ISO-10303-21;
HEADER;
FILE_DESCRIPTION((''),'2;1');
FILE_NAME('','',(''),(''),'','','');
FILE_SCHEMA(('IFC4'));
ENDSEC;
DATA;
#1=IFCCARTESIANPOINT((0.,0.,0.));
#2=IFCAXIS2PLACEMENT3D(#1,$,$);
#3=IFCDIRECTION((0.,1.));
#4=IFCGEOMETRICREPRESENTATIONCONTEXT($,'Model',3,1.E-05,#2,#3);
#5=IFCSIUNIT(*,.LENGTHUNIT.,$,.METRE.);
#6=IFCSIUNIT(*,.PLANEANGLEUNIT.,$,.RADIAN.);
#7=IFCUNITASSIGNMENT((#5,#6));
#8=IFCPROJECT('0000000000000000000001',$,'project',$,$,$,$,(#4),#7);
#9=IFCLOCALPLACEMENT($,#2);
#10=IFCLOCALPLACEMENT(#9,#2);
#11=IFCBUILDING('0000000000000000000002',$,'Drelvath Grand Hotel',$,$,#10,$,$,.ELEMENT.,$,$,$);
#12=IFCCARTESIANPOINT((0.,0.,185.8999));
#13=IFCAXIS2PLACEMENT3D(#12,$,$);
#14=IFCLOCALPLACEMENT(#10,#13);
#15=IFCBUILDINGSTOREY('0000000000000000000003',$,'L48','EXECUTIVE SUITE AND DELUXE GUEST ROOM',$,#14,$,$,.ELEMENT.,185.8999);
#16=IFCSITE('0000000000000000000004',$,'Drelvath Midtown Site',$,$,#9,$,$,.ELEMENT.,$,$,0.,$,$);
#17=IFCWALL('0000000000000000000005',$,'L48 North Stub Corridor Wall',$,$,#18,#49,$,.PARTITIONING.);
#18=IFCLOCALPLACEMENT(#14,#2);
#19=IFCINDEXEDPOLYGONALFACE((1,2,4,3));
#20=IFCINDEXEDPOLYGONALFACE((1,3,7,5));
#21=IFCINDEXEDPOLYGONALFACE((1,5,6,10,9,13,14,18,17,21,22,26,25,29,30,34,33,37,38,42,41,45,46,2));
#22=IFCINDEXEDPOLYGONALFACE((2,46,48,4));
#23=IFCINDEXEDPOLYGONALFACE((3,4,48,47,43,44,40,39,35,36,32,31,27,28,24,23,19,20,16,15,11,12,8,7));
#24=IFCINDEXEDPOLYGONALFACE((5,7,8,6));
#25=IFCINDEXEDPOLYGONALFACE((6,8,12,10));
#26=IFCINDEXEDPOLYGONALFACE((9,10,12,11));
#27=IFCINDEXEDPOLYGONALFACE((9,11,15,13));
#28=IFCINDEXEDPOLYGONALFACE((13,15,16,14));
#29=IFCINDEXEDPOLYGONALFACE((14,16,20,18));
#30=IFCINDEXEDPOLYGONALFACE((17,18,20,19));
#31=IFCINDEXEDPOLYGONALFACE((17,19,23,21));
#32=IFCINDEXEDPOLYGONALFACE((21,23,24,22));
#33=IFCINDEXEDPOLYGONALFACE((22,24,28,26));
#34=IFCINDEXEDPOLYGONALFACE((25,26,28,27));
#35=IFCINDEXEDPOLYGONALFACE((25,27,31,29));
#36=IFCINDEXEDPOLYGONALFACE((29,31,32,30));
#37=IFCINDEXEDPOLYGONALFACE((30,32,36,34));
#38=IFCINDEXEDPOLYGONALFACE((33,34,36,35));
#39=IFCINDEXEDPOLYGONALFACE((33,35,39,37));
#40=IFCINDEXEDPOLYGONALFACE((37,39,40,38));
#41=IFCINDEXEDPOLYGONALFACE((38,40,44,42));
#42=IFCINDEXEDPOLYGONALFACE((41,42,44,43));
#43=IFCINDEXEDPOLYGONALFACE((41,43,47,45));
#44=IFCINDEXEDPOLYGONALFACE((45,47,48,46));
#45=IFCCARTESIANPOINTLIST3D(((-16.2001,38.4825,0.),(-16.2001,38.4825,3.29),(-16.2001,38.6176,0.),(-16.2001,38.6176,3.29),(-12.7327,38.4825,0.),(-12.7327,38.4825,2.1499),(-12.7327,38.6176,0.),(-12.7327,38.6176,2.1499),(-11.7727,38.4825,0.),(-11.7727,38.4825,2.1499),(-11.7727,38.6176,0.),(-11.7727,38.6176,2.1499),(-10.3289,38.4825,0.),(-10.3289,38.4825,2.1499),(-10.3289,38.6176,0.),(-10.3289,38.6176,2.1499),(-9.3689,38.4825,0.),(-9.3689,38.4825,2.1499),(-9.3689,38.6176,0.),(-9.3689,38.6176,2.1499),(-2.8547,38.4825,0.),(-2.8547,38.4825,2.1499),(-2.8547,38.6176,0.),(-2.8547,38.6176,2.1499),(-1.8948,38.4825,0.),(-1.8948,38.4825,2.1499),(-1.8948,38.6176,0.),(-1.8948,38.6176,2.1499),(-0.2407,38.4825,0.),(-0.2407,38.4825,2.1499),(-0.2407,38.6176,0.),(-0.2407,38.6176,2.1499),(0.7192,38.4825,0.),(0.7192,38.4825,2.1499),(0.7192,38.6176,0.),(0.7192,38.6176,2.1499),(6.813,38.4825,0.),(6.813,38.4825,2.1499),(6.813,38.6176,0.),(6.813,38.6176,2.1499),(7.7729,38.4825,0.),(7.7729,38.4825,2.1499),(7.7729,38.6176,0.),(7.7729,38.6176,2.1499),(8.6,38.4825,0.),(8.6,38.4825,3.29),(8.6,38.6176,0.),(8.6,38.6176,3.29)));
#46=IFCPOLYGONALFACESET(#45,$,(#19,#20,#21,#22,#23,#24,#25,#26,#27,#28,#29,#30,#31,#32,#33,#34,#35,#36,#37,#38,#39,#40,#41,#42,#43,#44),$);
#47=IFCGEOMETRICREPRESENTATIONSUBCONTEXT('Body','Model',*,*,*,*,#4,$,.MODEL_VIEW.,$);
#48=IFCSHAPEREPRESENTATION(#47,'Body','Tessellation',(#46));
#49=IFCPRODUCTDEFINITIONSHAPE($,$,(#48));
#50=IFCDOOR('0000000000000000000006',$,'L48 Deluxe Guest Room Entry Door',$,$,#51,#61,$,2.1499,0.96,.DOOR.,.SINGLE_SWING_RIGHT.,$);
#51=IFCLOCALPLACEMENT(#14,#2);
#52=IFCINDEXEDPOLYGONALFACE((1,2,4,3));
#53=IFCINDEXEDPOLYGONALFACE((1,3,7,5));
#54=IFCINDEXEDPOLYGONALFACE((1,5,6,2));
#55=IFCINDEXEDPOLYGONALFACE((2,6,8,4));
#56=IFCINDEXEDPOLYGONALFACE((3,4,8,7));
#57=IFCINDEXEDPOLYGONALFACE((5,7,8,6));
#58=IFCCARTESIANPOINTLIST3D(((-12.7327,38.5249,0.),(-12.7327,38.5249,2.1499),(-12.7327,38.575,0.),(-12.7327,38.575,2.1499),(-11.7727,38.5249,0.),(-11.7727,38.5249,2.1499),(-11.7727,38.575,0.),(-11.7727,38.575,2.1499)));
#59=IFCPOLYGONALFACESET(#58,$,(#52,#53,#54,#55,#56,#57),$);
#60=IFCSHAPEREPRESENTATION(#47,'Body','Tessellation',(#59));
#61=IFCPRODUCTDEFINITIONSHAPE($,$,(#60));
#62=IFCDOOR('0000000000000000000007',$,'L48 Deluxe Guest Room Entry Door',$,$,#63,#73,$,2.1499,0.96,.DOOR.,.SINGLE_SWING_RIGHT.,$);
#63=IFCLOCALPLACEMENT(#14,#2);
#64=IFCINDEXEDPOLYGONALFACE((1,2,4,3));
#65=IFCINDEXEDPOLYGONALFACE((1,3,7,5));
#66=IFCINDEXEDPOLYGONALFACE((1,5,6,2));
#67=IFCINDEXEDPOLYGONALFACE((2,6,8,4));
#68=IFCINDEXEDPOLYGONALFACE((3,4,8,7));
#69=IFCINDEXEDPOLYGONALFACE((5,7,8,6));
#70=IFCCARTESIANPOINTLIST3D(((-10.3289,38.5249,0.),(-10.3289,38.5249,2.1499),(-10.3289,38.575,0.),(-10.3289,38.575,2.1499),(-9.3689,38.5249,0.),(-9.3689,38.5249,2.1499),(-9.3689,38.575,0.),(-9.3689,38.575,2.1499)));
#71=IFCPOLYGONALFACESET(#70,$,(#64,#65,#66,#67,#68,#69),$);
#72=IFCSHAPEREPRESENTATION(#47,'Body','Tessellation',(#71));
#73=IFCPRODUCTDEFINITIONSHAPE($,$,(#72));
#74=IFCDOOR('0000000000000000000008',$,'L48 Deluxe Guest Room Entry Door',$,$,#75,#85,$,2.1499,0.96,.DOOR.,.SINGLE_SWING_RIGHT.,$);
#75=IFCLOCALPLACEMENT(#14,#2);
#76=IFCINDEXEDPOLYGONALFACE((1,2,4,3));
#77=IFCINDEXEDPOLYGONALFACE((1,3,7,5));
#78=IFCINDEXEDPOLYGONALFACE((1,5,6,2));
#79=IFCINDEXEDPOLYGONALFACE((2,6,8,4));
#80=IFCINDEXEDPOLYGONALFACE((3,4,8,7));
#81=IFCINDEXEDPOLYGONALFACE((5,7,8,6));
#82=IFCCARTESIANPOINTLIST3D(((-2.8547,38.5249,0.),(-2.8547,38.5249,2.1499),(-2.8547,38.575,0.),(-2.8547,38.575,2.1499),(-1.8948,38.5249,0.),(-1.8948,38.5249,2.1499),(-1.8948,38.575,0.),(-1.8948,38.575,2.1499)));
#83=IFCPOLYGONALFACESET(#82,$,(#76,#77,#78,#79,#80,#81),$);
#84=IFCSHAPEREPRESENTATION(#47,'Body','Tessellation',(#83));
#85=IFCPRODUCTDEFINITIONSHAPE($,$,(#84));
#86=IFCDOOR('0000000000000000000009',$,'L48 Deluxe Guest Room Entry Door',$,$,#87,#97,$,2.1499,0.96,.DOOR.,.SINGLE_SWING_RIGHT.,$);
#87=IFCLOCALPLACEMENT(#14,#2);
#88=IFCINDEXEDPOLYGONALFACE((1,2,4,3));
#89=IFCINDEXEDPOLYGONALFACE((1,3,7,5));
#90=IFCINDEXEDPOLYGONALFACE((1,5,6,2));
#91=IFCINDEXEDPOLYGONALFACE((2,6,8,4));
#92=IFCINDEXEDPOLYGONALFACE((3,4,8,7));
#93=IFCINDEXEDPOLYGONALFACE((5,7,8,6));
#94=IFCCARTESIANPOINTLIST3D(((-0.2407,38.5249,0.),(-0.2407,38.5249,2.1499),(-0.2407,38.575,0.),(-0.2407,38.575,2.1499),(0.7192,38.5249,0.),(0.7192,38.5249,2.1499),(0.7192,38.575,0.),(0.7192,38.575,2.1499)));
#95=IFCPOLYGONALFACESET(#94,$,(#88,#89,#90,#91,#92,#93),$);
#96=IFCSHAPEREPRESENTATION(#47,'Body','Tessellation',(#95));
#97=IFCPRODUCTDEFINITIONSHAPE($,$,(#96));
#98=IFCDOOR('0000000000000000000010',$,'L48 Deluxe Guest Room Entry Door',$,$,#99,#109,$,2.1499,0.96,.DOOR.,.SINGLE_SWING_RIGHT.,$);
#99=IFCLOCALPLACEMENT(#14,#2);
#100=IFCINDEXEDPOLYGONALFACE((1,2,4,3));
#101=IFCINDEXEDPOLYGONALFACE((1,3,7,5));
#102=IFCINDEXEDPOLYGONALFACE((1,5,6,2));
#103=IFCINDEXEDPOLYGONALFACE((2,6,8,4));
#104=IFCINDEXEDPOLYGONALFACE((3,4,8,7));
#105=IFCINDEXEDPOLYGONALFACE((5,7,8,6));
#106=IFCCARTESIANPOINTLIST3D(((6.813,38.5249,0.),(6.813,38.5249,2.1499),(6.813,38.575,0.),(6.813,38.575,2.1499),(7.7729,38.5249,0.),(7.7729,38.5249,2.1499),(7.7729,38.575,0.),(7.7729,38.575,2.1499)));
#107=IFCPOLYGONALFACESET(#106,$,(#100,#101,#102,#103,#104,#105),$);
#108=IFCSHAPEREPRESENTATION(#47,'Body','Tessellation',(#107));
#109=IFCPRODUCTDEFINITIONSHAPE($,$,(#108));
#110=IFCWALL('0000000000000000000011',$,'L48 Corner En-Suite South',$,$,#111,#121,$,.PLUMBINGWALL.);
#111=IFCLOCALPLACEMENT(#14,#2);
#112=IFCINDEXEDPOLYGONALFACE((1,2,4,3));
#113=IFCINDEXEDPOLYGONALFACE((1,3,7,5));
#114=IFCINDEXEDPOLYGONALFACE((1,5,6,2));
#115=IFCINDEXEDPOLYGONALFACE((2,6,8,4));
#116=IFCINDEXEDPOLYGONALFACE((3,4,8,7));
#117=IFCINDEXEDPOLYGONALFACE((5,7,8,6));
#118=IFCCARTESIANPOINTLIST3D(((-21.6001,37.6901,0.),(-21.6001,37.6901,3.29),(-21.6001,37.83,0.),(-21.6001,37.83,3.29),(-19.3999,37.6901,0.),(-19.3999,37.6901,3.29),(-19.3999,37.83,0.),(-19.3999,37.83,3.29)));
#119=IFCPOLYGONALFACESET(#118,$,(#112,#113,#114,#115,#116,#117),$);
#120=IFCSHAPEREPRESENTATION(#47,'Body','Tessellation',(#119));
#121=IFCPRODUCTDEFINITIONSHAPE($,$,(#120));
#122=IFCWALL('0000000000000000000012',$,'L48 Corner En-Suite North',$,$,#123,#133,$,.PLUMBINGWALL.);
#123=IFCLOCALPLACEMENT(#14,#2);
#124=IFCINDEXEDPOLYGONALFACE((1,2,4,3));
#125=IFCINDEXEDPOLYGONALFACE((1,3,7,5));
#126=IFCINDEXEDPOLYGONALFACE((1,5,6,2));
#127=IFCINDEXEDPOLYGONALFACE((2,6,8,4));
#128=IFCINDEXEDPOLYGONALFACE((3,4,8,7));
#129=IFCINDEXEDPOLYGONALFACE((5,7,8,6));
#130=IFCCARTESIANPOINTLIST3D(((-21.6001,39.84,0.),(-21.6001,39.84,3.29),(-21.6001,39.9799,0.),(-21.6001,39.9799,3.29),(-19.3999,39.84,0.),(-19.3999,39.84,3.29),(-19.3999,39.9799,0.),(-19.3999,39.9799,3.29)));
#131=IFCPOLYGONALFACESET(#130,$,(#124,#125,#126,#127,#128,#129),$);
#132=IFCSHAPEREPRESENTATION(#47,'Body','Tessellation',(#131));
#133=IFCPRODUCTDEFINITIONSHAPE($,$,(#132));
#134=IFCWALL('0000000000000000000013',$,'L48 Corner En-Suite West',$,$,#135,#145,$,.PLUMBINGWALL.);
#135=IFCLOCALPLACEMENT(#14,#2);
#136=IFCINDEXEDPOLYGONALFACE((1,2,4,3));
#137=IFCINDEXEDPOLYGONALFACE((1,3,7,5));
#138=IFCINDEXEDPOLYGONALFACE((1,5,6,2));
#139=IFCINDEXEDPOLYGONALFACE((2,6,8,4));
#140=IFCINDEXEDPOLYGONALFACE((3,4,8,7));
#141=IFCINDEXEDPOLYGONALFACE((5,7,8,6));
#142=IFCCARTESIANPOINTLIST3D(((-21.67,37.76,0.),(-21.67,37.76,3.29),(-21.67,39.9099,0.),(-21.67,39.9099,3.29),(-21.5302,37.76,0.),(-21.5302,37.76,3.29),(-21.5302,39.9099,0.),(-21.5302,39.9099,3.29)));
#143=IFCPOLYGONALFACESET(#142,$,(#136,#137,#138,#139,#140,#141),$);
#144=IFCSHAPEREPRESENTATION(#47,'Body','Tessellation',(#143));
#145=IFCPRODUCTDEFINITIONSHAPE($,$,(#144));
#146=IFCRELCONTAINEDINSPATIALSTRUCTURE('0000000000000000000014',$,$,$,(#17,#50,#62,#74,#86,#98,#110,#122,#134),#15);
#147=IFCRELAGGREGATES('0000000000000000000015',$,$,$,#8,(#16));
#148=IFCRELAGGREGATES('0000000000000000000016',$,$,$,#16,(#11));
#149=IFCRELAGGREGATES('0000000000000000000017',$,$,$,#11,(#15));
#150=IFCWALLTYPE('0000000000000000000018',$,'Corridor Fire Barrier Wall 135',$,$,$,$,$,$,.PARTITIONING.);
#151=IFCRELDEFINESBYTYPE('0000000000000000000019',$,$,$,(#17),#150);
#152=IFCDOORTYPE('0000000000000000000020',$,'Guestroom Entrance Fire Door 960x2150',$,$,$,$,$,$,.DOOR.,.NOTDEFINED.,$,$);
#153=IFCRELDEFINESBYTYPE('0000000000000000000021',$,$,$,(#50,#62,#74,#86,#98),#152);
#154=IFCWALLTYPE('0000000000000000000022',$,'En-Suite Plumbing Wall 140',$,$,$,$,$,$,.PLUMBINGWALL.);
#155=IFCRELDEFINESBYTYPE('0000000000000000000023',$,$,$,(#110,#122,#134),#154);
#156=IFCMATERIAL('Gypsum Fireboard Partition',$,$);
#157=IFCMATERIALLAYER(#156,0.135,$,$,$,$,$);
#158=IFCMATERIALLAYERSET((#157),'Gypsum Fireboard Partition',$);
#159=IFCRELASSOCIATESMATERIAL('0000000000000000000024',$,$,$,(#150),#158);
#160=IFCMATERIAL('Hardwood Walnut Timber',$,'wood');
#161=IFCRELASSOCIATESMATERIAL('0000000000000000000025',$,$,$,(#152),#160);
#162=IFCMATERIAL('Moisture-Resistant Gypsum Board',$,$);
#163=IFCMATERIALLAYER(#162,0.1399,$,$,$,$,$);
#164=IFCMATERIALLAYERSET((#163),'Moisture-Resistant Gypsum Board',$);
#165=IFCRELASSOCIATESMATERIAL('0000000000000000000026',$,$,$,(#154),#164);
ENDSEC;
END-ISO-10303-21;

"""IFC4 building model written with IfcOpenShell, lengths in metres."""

from ifc_helpers import new_model, si_unit, direction, frame, frame_2d, origin, place, context, subcontext, project, spatial, rectangle, extrude, material, layer, layer_set, type_object, element, fill, save


model = new_model("IFC4")

# Units and contexts
model_context = context("Model", 3, precision=1e-05, world=origin(), true_north=direction((0.0, 1.0)))
body_context = subcontext(model_context, "Body", "Model", "MODEL_VIEW")
ifc_project = project(units=[si_unit("LENGTHUNIT", "METRE"), si_unit("PLANEANGLEUNIT", "RADIAN")], contexts=[model_context])

# Site, building, storey
site_placement = place(None, origin())
site = spatial("IfcSite", under=ifc_project, at=site_placement, Name="Drelvath Midtown Site", CompositionType="ELEMENT", RefElevation=0.0)
building_placement = place(site_placement, origin())
building = spatial("IfcBuilding", under=site, at=building_placement, Name="Drelvath Grand Hotel", CompositionType="ELEMENT")
storey_placement = place(building_placement, frame((0.0, 0.0, 185.8999)))
storey = spatial("IfcBuildingStorey", under=building, at=storey_placement, Name="L48", Description="EXECUTIVE SUITE AND DELUXE GUEST ROOM", CompositionType="ELEMENT", Elevation=185.8999)

# Wall, openings, doors
ifc_material_1 = material(Name="Gypsum Fireboard Partition")
ifc_layer_1 = layer(ifc_material_1, 0.135)
ifc_layer_set_1 = layer_set([ifc_layer_1], Name="Gypsum Fireboard Partition")
wall_type_1 = type_object("IfcWallType", Name="Corridor Fire Barrier Wall 135", PredefinedType="PARTITIONING", material=ifc_layer_set_1)
wall_1_placement = place(storey_placement, frame((-16.2, 38.55, 0.0), z_axis=(0.0, 0.0, 1.0), x_axis=(1.0, 0.0, 0.0)))
wall_1 = element("IfcWall", 1, at=wall_1_placement, inside=storey, type_object=wall_type_1, Name="L48 North Stub Corridor Wall", PredefinedType="PARTITIONING", context=body_context, shape_type="SweptSolid", body=[
    extrude(rectangle(XDim=24.8, YDim=0.135, at=frame_2d((12.3999, 0.0))), origin(), (0.0, 0.0, 1.0), 3.29),
])
opening_1_placement = place(wall_1_placement, frame((3.4673, 0.0, 0.0)))
opening_1 = element("IfcOpeningElement", 2, at=opening_1_placement, cuts=wall_1, PredefinedType="OPENING", context=body_context, shape_type="SweptSolid", body=[
    extrude(rectangle(XDim=0.96, YDim=2.1499, at=frame_2d((0.48, 1.075))), frame((0.0, 0.0774, 0.0), z_axis=(0.0, -1.0, 0.0), x_axis=(1.0, 0.0, 0.0)), (0.0, 0.0, 1.0), 0.155),
])
opening_2_placement = place(wall_1_placement, frame((5.8711, 0.0, 0.0)))
opening_2 = element("IfcOpeningElement", 3, at=opening_2_placement, cuts=wall_1, PredefinedType="OPENING", context=body_context, shape_type="SweptSolid", body=[
    extrude(rectangle(XDim=0.96, YDim=2.1499, at=frame_2d((0.48, 1.075))), frame((0.0, 0.0774, 0.0), z_axis=(0.0, -1.0, 0.0), x_axis=(1.0, 0.0, 0.0)), (0.0, 0.0, 1.0), 0.155),
])
opening_3_placement = place(wall_1_placement, frame((13.3452, 0.0, 0.0)))
opening_3 = element("IfcOpeningElement", 4, at=opening_3_placement, cuts=wall_1, PredefinedType="OPENING", context=body_context, shape_type="SweptSolid", body=[
    extrude(rectangle(XDim=0.96, YDim=2.1499, at=frame_2d((0.48, 1.075))), frame((0.0, 0.0774, 0.0), z_axis=(0.0, -1.0, 0.0), x_axis=(1.0, 0.0, 0.0)), (0.0, 0.0, 1.0), 0.155),
])
opening_4_placement = place(wall_1_placement, frame((15.9592, 0.0, 0.0)))
opening_4 = element("IfcOpeningElement", 5, at=opening_4_placement, cuts=wall_1, PredefinedType="OPENING", context=body_context, shape_type="SweptSolid", body=[
    extrude(rectangle(XDim=0.96, YDim=2.1499, at=frame_2d((0.48, 1.075))), frame((0.0, 0.0774, 0.0), z_axis=(0.0, -1.0, 0.0), x_axis=(1.0, 0.0, 0.0)), (0.0, 0.0, 1.0), 0.155),
])
opening_5_placement = place(wall_1_placement, frame((23.0129, 0.0, 0.0)))
opening_5 = element("IfcOpeningElement", 6, at=opening_5_placement, cuts=wall_1, PredefinedType="OPENING", context=body_context, shape_type="SweptSolid", body=[
    extrude(rectangle(XDim=0.96, YDim=2.1499, at=frame_2d((0.48, 1.075))), frame((0.0, 0.0774, 0.0), z_axis=(0.0, -1.0, 0.0), x_axis=(1.0, 0.0, 0.0)), (0.0, 0.0, 1.0), 0.155),
])
ifc_material_2 = material(Name="Hardwood Walnut Timber", Category="wood")
door_type_1 = type_object("IfcDoorType", Name="Guestroom Entrance Fire Door 960x2150", OperationType="NOTDEFINED", PredefinedType="DOOR", material=ifc_material_2)
door_1_placement = place(opening_1_placement, origin())
door_1 = element("IfcDoor", 7, at=door_1_placement, inside=storey, type_object=door_type_1, Name="L48 Deluxe Guest Room Entry Door", OperationType="SINGLE_SWING_RIGHT", OverallHeight=2.1499, OverallWidth=0.96, PredefinedType="DOOR", context=body_context, shape_type="SweptSolid", body=[
    extrude(rectangle(XDim=0.96, YDim=2.1499, at=frame_2d((0.48, 1.075))), frame((0.0, 0.0249, 0.0), z_axis=(0.0, -1.0, 0.0), x_axis=(1.0, 0.0, 0.0)), (0.0, 0.0, 1.0), 0.05),
])
fill(opening_1, door_1)
door_2_placement = place(opening_2_placement, origin())
door_2 = element("IfcDoor", 8, at=door_2_placement, inside=storey, type_object=door_type_1, Name="L48 Deluxe Guest Room Entry Door", OperationType="SINGLE_SWING_RIGHT", OverallHeight=2.1499, OverallWidth=0.96, PredefinedType="DOOR", context=body_context, shape_type="SweptSolid", body=[
    extrude(rectangle(XDim=0.96, YDim=2.1499, at=frame_2d((0.48, 1.075))), frame((0.0, 0.0249, 0.0), z_axis=(0.0, -1.0, 0.0), x_axis=(1.0, 0.0, 0.0)), (0.0, 0.0, 1.0), 0.05),
])
fill(opening_2, door_2)
door_3_placement = place(opening_3_placement, origin())
door_3 = element("IfcDoor", 9, at=door_3_placement, inside=storey, type_object=door_type_1, Name="L48 Deluxe Guest Room Entry Door", OperationType="SINGLE_SWING_RIGHT", OverallHeight=2.1499, OverallWidth=0.96, PredefinedType="DOOR", context=body_context, shape_type="SweptSolid", body=[
    extrude(rectangle(XDim=0.96, YDim=2.1499, at=frame_2d((0.48, 1.075))), frame((0.0, 0.0249, 0.0), z_axis=(0.0, -1.0, 0.0), x_axis=(1.0, 0.0, 0.0)), (0.0, 0.0, 1.0), 0.05),
])
fill(opening_3, door_3)
door_4_placement = place(opening_4_placement, origin())
door_4 = element("IfcDoor", 10, at=door_4_placement, inside=storey, type_object=door_type_1, Name="L48 Deluxe Guest Room Entry Door", OperationType="SINGLE_SWING_RIGHT", OverallHeight=2.1499, OverallWidth=0.96, PredefinedType="DOOR", context=body_context, shape_type="SweptSolid", body=[
    extrude(rectangle(XDim=0.96, YDim=2.1499, at=frame_2d((0.48, 1.075))), frame((0.0, 0.0249, 0.0), z_axis=(0.0, -1.0, 0.0), x_axis=(1.0, 0.0, 0.0)), (0.0, 0.0, 1.0), 0.05),
])
fill(opening_4, door_4)
door_5_placement = place(opening_5_placement, origin())
door_5 = element("IfcDoor", 11, at=door_5_placement, inside=storey, type_object=door_type_1, Name="L48 Deluxe Guest Room Entry Door", OperationType="SINGLE_SWING_RIGHT", OverallHeight=2.1499, OverallWidth=0.96, PredefinedType="DOOR", context=body_context, shape_type="SweptSolid", body=[
    extrude(rectangle(XDim=0.96, YDim=2.1499, at=frame_2d((0.48, 1.075))), frame((0.0, 0.0249, 0.0), z_axis=(0.0, -1.0, 0.0), x_axis=(1.0, 0.0, 0.0)), (0.0, 0.0, 1.0), 0.05),
])
fill(opening_5, door_5)

# Walls
ifc_material_3 = material(Name="Moisture-Resistant Gypsum Board")
ifc_layer_2 = layer(ifc_material_3, 0.1399)
ifc_layer_set_2 = layer_set([ifc_layer_2], Name="Moisture-Resistant Gypsum Board")
wall_type_2 = type_object("IfcWallType", Name="En-Suite Plumbing Wall 140", PredefinedType="PLUMBINGWALL", material=ifc_layer_set_2)
for number, where, z_axis, x_axis, name in (
    (12, (-21.6001, 37.76, 0.0), (0.0, 0.0, 1.0), (1.0, 0.0, 0.0), "L48 Corner En-Suite South"),
    (13, (-21.6001, 39.9099, 0.0), (0.0, 0.0, 1.0), (1.0, 0.0, 0.0), "L48 Corner En-Suite North"),
):
    element("IfcWall", number, at=place(storey_placement, frame(where, z_axis=z_axis, x_axis=x_axis)), inside=storey, type_object=wall_type_2, Name=name, PredefinedType="PLUMBINGWALL", context=body_context, shape_type="SweptSolid", body=[
        extrude(rectangle(XDim=2.2002, YDim=0.1399, at=frame_2d((1.1001, 0.0))), origin(), (0.0, 0.0, 1.0), 3.29),
    ])
wall_2_placement = place(storey_placement, frame((-21.6001, 37.76, 0.0), z_axis=(0.0, 0.0, 1.0), x_axis=(0.0, 1.0, 0.0)))
element("IfcWall", 14, at=wall_2_placement, inside=storey, type_object=wall_type_2, Name="L48 Corner En-Suite West", PredefinedType="PLUMBINGWALL", context=body_context, shape_type="SweptSolid", body=[
    extrude(rectangle(XDim=2.1499, YDim=0.1399, at=frame_2d((1.075, 0.0))), origin(), (0.0, 0.0, 1.0), 3.29),
])

save(model, "model.ifc")
